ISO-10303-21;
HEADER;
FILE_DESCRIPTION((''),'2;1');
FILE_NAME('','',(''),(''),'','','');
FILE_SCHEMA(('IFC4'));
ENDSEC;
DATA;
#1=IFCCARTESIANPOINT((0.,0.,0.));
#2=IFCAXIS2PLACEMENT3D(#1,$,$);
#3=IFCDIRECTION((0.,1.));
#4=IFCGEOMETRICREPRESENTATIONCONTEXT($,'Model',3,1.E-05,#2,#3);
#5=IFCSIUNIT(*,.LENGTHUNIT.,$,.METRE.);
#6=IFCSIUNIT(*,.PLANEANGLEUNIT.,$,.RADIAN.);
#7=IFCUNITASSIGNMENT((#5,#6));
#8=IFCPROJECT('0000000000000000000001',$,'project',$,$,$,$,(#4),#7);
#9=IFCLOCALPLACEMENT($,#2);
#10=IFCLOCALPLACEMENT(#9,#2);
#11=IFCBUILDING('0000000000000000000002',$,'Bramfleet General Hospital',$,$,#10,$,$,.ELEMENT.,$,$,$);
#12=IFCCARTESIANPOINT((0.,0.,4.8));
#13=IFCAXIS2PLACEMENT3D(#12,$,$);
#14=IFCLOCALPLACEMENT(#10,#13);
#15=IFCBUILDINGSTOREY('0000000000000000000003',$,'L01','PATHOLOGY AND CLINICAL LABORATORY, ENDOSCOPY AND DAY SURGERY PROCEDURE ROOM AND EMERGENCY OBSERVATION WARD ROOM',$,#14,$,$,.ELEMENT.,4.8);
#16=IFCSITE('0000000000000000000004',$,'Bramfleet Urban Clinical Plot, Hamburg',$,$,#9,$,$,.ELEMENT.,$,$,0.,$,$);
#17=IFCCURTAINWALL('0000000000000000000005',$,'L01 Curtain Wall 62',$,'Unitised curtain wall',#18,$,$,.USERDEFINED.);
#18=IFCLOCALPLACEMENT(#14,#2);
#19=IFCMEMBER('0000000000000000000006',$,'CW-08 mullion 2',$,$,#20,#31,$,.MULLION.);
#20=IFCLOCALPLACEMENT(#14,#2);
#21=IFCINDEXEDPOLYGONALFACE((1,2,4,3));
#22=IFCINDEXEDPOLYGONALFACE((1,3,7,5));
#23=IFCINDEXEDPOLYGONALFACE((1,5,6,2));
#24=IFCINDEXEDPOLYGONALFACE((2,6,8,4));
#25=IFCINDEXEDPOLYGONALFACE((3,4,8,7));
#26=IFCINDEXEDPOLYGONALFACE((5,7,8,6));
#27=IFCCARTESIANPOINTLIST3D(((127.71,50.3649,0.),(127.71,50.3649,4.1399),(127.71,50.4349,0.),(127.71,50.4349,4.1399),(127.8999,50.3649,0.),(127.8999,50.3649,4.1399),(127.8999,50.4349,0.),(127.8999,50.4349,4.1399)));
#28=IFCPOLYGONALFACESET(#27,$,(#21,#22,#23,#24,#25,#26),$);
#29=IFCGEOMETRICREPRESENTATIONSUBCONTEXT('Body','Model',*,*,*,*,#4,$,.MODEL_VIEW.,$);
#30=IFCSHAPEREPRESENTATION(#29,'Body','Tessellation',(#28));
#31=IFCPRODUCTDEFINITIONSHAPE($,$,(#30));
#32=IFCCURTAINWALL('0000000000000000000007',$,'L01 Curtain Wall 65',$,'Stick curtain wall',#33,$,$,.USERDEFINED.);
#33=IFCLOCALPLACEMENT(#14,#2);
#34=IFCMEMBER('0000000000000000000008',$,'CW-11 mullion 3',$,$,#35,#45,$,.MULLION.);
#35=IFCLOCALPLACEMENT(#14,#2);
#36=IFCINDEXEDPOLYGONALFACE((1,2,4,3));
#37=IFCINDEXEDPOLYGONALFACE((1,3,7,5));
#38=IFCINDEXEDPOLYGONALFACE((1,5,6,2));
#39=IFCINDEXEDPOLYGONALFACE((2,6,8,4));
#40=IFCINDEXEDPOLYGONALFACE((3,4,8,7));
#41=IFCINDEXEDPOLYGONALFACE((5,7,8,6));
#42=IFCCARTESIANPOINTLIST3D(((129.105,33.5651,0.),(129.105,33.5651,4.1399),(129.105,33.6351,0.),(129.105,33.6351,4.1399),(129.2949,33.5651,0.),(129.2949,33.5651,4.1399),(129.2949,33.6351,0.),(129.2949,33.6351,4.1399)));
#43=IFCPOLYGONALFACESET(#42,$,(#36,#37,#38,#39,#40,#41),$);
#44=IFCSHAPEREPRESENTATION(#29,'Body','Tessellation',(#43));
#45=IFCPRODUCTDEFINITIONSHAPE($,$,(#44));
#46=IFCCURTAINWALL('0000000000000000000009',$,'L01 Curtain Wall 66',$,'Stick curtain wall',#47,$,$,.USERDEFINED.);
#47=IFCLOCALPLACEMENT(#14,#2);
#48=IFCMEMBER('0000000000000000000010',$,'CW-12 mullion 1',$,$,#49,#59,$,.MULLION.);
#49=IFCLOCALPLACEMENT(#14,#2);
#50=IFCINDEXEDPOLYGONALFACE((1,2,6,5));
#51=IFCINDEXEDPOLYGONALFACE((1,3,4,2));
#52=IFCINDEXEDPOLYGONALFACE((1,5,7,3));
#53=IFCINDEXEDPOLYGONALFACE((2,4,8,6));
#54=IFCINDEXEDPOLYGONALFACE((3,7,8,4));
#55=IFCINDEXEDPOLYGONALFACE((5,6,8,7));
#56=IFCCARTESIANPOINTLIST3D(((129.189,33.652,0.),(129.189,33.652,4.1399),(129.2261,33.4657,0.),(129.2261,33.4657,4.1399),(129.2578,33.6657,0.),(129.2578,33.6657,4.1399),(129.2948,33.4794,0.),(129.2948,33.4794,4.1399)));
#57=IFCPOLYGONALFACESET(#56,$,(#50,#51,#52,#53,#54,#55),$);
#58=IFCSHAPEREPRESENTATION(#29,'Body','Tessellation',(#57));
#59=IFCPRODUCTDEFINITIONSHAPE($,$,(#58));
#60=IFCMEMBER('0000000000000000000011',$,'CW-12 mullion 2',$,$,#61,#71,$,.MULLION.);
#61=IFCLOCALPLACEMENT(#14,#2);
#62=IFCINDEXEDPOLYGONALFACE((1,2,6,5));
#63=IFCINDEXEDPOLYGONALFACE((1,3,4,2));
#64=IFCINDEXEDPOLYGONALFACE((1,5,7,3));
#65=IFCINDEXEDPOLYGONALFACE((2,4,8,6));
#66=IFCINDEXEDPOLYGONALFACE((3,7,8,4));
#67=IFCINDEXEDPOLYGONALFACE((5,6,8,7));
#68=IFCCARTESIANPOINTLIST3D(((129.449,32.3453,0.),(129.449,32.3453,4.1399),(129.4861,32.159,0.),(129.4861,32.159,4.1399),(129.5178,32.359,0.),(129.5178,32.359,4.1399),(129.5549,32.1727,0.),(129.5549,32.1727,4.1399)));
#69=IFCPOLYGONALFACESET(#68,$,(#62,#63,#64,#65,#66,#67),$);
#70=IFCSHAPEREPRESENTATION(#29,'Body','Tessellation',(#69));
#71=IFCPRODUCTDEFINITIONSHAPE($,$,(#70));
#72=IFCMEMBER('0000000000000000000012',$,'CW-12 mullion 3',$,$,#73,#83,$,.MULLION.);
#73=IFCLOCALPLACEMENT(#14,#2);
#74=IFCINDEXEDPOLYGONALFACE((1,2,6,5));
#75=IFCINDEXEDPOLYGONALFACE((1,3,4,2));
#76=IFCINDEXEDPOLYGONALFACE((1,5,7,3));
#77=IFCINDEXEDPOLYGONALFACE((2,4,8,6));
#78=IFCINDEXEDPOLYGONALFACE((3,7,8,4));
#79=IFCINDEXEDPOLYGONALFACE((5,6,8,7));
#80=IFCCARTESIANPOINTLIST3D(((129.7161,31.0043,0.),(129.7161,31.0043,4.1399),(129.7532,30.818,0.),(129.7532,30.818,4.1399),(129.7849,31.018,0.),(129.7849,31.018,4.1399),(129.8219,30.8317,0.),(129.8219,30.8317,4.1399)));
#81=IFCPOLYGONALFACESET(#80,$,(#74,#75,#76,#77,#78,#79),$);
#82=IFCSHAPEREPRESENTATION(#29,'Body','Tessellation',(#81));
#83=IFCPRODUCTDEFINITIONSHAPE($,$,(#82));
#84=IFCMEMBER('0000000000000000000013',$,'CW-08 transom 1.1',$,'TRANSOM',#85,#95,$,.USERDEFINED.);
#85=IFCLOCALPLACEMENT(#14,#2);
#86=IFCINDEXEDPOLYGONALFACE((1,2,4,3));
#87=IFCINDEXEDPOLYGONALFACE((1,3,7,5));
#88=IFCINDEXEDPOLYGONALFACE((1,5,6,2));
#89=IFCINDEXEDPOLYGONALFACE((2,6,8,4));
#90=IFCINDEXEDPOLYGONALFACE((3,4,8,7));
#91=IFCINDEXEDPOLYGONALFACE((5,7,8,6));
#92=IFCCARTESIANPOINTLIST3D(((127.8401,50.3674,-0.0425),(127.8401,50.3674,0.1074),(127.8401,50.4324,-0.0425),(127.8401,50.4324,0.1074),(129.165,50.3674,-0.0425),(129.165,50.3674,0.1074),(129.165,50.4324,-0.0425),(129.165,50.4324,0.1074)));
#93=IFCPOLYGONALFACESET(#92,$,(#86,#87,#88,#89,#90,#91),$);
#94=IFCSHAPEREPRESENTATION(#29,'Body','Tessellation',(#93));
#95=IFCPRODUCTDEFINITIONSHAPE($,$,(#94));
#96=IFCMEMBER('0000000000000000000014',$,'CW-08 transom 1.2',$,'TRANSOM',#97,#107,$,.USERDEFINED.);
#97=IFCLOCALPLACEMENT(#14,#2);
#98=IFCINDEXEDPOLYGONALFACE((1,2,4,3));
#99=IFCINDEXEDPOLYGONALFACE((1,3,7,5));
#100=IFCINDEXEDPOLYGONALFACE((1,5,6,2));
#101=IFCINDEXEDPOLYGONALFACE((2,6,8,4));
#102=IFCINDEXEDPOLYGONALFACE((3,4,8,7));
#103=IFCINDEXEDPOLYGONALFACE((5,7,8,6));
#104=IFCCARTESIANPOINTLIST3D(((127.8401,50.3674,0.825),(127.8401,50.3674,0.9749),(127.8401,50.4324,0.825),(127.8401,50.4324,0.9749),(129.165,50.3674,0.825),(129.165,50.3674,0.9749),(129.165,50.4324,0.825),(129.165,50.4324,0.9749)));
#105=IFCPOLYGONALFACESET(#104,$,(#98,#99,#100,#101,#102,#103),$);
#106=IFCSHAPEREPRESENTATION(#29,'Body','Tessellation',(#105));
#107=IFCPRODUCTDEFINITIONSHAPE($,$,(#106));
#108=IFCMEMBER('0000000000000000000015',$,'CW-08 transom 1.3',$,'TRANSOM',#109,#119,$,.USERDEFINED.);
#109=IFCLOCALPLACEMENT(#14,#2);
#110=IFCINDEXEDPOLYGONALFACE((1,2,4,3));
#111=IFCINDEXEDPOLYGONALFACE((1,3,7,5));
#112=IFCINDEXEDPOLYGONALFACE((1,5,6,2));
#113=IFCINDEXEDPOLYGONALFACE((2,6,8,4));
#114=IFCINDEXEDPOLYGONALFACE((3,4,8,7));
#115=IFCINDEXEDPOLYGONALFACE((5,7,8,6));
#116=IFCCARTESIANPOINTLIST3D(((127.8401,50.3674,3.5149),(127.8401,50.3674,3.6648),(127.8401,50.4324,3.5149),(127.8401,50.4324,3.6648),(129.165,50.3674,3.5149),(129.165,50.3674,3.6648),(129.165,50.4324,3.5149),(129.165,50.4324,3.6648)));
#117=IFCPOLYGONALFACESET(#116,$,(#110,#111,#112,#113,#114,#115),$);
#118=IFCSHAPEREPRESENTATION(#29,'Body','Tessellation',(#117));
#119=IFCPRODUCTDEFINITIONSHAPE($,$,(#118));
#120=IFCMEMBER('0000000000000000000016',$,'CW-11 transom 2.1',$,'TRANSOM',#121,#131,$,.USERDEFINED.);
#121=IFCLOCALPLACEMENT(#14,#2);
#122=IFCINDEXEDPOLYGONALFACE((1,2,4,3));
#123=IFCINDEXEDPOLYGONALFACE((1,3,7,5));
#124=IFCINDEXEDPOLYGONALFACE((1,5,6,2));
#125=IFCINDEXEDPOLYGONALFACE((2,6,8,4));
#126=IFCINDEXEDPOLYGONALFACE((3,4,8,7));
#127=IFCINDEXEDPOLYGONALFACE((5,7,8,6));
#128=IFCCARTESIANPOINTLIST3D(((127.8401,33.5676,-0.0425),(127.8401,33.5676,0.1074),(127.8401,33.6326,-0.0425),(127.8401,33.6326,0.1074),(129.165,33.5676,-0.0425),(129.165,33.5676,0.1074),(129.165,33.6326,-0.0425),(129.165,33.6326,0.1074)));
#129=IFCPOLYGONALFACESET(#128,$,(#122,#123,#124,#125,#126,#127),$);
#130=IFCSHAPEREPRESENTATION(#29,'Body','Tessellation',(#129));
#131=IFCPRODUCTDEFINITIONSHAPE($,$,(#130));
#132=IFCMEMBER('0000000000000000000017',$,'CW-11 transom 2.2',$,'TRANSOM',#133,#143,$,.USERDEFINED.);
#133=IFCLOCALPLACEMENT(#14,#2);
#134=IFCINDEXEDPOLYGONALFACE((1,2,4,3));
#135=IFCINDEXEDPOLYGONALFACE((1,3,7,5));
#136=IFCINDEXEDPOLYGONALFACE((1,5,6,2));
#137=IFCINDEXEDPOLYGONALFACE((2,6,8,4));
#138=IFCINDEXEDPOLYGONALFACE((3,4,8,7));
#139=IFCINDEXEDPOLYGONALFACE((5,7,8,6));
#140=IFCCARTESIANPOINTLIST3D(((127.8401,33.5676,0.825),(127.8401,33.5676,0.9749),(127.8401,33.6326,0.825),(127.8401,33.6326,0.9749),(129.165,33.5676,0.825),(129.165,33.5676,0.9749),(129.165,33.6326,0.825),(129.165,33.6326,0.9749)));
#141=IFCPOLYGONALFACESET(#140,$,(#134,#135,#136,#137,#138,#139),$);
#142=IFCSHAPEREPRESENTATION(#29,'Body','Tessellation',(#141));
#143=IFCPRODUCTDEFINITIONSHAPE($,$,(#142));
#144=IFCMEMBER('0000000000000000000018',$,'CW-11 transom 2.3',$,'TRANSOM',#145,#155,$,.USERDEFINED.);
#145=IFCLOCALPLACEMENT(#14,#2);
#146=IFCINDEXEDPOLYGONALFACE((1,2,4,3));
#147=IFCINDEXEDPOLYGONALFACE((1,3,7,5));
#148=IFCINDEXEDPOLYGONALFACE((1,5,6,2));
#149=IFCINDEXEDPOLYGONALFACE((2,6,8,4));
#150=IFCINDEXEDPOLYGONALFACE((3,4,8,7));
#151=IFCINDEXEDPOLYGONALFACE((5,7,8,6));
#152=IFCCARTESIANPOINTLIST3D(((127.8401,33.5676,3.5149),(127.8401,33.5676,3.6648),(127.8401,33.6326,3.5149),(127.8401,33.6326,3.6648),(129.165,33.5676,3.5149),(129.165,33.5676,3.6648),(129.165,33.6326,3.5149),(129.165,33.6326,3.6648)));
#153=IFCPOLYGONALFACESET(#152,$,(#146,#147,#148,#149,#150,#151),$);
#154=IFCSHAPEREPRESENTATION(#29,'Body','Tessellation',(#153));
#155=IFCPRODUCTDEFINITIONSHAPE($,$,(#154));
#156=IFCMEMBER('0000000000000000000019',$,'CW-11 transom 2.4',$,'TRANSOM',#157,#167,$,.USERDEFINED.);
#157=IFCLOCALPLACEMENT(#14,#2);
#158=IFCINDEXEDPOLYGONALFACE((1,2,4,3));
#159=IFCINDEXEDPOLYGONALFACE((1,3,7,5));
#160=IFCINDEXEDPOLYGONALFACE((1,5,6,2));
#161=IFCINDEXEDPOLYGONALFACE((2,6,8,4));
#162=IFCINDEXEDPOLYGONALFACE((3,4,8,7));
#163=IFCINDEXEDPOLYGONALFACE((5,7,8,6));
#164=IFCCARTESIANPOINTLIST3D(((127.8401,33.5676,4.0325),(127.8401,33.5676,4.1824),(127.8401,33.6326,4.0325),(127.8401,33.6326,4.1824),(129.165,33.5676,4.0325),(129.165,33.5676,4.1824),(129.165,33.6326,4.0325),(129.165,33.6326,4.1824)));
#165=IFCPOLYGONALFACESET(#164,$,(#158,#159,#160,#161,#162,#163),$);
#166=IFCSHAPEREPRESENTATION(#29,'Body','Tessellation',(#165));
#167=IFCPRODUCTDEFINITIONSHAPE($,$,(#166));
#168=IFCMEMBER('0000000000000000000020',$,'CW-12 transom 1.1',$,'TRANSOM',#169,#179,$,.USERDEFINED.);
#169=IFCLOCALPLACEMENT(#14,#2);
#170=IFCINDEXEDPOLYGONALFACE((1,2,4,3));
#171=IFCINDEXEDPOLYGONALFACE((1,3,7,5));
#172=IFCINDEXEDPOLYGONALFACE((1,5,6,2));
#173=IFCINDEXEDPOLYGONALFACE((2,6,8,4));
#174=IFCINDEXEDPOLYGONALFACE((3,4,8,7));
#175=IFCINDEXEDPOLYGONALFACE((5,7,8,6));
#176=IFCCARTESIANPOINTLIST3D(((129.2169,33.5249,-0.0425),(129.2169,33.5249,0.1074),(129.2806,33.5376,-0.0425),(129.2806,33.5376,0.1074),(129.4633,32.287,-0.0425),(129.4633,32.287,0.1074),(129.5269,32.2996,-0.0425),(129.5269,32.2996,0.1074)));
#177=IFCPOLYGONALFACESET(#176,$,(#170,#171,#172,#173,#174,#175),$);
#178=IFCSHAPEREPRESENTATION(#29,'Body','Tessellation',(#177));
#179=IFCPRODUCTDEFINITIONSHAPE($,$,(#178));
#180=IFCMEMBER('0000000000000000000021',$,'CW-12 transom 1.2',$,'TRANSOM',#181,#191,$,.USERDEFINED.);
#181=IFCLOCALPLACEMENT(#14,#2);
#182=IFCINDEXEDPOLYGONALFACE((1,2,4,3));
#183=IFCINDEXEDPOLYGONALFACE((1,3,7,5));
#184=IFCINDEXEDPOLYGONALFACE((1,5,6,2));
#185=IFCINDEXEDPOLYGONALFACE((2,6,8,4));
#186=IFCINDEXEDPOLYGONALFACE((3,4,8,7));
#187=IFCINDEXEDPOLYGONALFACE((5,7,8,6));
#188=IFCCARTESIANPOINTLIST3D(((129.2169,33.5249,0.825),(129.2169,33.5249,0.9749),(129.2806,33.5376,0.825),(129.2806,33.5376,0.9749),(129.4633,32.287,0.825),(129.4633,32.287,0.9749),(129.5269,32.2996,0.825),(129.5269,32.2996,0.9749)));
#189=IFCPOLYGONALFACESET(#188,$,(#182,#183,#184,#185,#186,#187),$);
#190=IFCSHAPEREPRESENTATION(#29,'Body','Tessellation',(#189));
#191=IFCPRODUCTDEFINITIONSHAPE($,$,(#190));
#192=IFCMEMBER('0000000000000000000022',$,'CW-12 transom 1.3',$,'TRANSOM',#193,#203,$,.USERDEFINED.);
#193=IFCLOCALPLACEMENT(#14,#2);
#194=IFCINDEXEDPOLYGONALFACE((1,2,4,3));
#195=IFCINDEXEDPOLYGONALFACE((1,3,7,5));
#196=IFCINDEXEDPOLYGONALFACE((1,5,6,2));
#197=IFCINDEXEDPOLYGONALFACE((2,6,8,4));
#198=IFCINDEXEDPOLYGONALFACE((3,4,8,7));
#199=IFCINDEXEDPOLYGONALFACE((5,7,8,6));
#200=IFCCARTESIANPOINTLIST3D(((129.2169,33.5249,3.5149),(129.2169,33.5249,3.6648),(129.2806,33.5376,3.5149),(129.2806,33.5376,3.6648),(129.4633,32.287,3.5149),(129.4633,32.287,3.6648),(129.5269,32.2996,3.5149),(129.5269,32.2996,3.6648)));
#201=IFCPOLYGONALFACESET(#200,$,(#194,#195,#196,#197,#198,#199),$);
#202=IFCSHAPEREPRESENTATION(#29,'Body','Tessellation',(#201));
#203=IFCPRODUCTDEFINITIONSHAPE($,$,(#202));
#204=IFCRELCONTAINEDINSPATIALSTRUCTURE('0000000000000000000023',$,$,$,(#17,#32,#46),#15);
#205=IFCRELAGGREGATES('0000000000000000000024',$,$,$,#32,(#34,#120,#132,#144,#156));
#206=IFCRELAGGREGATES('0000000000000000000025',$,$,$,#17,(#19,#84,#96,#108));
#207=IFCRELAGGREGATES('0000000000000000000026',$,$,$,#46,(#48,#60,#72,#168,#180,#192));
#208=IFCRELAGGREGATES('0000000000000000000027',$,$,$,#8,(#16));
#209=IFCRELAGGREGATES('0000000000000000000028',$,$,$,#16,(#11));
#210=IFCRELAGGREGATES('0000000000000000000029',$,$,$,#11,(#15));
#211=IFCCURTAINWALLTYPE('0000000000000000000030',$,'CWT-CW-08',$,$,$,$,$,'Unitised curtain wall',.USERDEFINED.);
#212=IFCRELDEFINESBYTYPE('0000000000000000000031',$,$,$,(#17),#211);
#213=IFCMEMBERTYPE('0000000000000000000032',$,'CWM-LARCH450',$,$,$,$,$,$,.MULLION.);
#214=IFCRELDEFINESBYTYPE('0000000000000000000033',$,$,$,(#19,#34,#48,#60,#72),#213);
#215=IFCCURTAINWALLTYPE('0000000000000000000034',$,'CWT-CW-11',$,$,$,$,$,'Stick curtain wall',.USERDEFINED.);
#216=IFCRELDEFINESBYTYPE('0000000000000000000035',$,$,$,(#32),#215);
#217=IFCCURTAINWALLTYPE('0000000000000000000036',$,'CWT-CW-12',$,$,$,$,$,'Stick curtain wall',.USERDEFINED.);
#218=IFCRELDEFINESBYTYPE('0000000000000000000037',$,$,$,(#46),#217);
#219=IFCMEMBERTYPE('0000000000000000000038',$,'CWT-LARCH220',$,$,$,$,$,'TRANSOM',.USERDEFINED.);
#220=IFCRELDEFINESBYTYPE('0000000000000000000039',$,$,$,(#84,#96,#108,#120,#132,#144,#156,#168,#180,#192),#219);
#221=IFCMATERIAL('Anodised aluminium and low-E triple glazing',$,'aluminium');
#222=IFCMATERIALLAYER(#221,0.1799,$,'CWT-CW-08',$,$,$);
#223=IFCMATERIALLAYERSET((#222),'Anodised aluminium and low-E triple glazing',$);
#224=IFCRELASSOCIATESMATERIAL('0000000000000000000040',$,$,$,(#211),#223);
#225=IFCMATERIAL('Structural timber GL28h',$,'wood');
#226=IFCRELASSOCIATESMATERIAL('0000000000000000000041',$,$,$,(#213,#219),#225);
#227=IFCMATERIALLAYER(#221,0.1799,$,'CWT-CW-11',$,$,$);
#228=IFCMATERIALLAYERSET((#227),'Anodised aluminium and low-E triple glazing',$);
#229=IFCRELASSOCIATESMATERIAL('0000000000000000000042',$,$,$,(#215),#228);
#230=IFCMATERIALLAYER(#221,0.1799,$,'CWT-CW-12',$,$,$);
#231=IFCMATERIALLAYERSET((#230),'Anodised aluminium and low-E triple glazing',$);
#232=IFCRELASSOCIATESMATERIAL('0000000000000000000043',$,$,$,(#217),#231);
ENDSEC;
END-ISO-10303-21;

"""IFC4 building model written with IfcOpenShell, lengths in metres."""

from ifc_helpers import new_model, si_unit, direction, frame, origin, origin_2d, place, context, subcontext, project, spatial, rectangle, extrude, material, layer, layer_set, material_profile, profile_set, type_object, element, aggregate, save


model = new_model("IFC4")

# Units and contexts
model_context = context("Model", 3, precision=1e-05, world=origin(), true_north=direction((0.0, 1.0)))
body_context = subcontext(model_context, "Body", "Model", "MODEL_VIEW")
ifc_project = project(units=[si_unit("LENGTHUNIT", "METRE"), si_unit("PLANEANGLEUNIT", "RADIAN")], contexts=[model_context])

# Site, building, storey
site_placement = place(None, origin())
site = spatial("IfcSite", under=ifc_project, at=site_placement, Name="Bramfleet Urban Clinical Plot, Hamburg", CompositionType="ELEMENT", RefElevation=0.0)
building_placement = place(site_placement, origin())
building = spatial("IfcBuilding", under=site, at=building_placement, Name="Bramfleet General Hospital", CompositionType="ELEMENT")
storey_placement = place(building_placement, frame((0.0, 0.0, 4.8)))
storey = spatial("IfcBuildingStorey", under=building, at=storey_placement, Name="L01", Description="PATHOLOGY AND CLINICAL LABORATORY, ENDOSCOPY AND DAY SURGERY PROCEDURE ROOM AND EMERGENCY OBSERVATION WARD ROOM", CompositionType="ELEMENT", Elevation=4.8)

# Curtain walls, members
ifc_material_1 = material(Name="Anodised aluminium and low-E triple glazing", Category="aluminium")
ifc_layer_1 = layer(ifc_material_1, 0.1799, Name="CWT-CW-08")
ifc_layer_set_1 = layer_set([ifc_layer_1], Name="Anodised aluminium and low-E triple glazing")
curtain_wall_type_1 = type_object("IfcCurtainWallType", Name="CWT-CW-08", ElementType="Unitised curtain wall", PredefinedType="USERDEFINED", material=ifc_layer_set_1)
curtain_wall_1_placement = place(storey_placement, origin())
curtain_wall_1 = element("IfcCurtainWall", 1, at=curtain_wall_1_placement, inside=storey, type_object=curtain_wall_type_1, Name="L01 Curtain Wall 62", ObjectType="Unitised curtain wall", PredefinedType="USERDEFINED")
ifc_material_2 = material(Name="Structural timber GL28h", Category="wood")
ifc_material_profile_1 = material_profile(ifc_material_2, rectangle(XDim=0.0701, YDim=0.1899, at=origin_2d()), Name="LARCH 190x70")
ifc_profile_set_1 = profile_set([ifc_material_profile_1], Name="Structural timber GL28h")
member_type_1 = type_object("IfcMemberType", Name="CWM-LARCH450", PredefinedType="MULLION", material=ifc_profile_set_1)
member_1_placement = place(storey_placement, frame((127.8049, 50.3999, 0.0), z_axis=(0.0, 0.0, 1.0), x_axis=(0.0, -1.0, 0.0)))
member_1 = element("IfcMember", 2, at=member_1_placement, type_object=member_type_1, Name="CW-08 mullion 2", PredefinedType="MULLION", context=body_context, shape_type="SweptSolid", body=[
    extrude(rectangle(XDim=0.0701, YDim=0.1899, at=origin_2d()), origin(), (0.0, 0.0, 1.0), 4.1399),
])
ifc_layer_2 = layer(ifc_material_1, 0.1799, Name="CWT-CW-11")
ifc_layer_set_2 = layer_set([ifc_layer_2], Name="Anodised aluminium and low-E triple glazing")
curtain_wall_type_2 = type_object("IfcCurtainWallType", Name="CWT-CW-11", ElementType="Stick curtain wall", PredefinedType="USERDEFINED", material=ifc_layer_set_2)
curtain_wall_2_placement = place(storey_placement, origin())
curtain_wall_2 = element("IfcCurtainWall", 3, at=curtain_wall_2_placement, inside=storey, type_object=curtain_wall_type_2, Name="L01 Curtain Wall 65", ObjectType="Stick curtain wall", PredefinedType="USERDEFINED")
member_2_placement = place(storey_placement, frame((129.2, 33.6001, 0.0), z_axis=(0.0, 0.0, 1.0), x_axis=(0.0, 1.0, 0.0)))
member_2 = element("IfcMember", 4, at=member_2_placement, type_object=member_type_1, Name="CW-11 mullion 3", PredefinedType="MULLION", context=body_context, shape_type="SweptSolid", body=[
    extrude(rectangle(XDim=0.0701, YDim=0.1899, at=origin_2d()), origin(), (0.0, 0.0, 1.0), 4.1399),
])

# Curtain wall, members
ifc_layer_3 = layer(ifc_material_1, 0.1799, Name="CWT-CW-12")
ifc_layer_set_3 = layer_set([ifc_layer_3], Name="Anodised aluminium and low-E triple glazing")
curtain_wall_type_3 = type_object("IfcCurtainWallType", Name="CWT-CW-12", ElementType="Stick curtain wall", PredefinedType="USERDEFINED", material=ifc_layer_set_3)
curtain_wall_3_placement = place(storey_placement, origin())
curtain_wall_3 = element("IfcCurtainWall", 5, at=curtain_wall_3_placement, inside=storey, type_object=curtain_wall_type_3, Name="L01 Curtain Wall 66", ObjectType="Stick curtain wall", PredefinedType="USERDEFINED")
member_3_placement = place(storey_placement, frame((129.2419, 33.5657, 0.0), z_axis=(0.0, 0.0, 1.0), x_axis=(0.980749, 0.195272, 0.0)))
member_3 = element("IfcMember", 6, at=member_3_placement, type_object=member_type_1, Name="CW-12 mullion 1", PredefinedType="MULLION", context=body_context, shape_type="SweptSolid", body=[
    extrude(rectangle(XDim=0.0701, YDim=0.1899, at=origin_2d()), origin(), (0.0, 0.0, 1.0), 4.1399),
])
member_4_placement = place(storey_placement, frame((129.502, 32.259, 0.0), z_axis=(0.0, 0.0, 1.0), x_axis=(0.980749, 0.195272, 0.0)))
member_4 = element("IfcMember", 7, at=member_4_placement, type_object=member_type_1, Name="CW-12 mullion 2", PredefinedType="MULLION", context=body_context, shape_type="SweptSolid", body=[
    extrude(rectangle(XDim=0.0701, YDim=0.1899, at=origin_2d()), origin(), (0.0, 0.0, 1.0), 4.1399),
])
member_5_placement = place(storey_placement, frame((129.769, 30.918, 0.0), z_axis=(0.0, 0.0, 1.0), x_axis=(0.980749, 0.195272, 0.0)))
member_5 = element("IfcMember", 8, at=member_5_placement, type_object=member_type_1, Name="CW-12 mullion 3", PredefinedType="MULLION", context=body_context, shape_type="SweptSolid", body=[
    extrude(rectangle(XDim=0.0701, YDim=0.1899, at=origin_2d()), origin(), (0.0, 0.0, 1.0), 4.1399),
])

# Members
ifc_material_profile_2 = material_profile(ifc_material_2, rectangle(XDim=0.0649, YDim=0.1499, at=origin_2d()), Name="LARCH 150x65")
ifc_profile_set_2 = profile_set([ifc_material_profile_2], Name="Structural timber GL28h")
member_type_2 = type_object("IfcMemberType", Name="CWT-LARCH220", ElementType="TRANSOM", PredefinedType="USERDEFINED", material=ifc_profile_set_2)
member_6_placement = place(storey_placement, frame((129.165, 50.3999, 0.0325), z_axis=(-1.0, 0.0, 0.0), x_axis=(0.0, -1.0, 0.0)))
member_6 = element("IfcMember", 9, at=member_6_placement, type_object=member_type_2, Name="CW-08 transom 1.1", ObjectType="TRANSOM", PredefinedType="USERDEFINED", context=body_context, shape_type="SweptSolid", body=[
    extrude(rectangle(XDim=0.0649, YDim=0.1499, at=origin_2d()), origin(), (0.0, 0.0, 1.0), 1.325),
])
member_7_placement = place(storey_placement, frame((129.165, 50.3999, 0.8999), z_axis=(-1.0, 0.0, 0.0), x_axis=(0.0, -1.0, 0.0)))
member_7 = element("IfcMember", 10, at=member_7_placement, type_object=member_type_2, Name="CW-08 transom 1.2", ObjectType="TRANSOM", PredefinedType="USERDEFINED", context=body_context, shape_type="SweptSolid", body=[
    extrude(rectangle(XDim=0.0649, YDim=0.1499, at=origin_2d()), origin(), (0.0, 0.0, 1.0), 1.325),
])
member_8_placement = place(storey_placement, frame((129.165, 50.3999, 3.5898), z_axis=(-1.0, 0.0, 0.0), x_axis=(0.0, -1.0, 0.0)))
member_8 = element("IfcMember", 11, at=member_8_placement, type_object=member_type_2, Name="CW-08 transom 1.3", ObjectType="TRANSOM", PredefinedType="USERDEFINED", context=body_context, shape_type="SweptSolid", body=[
    extrude(rectangle(XDim=0.0649, YDim=0.1499, at=origin_2d()), origin(), (0.0, 0.0, 1.0), 1.325),
])
member_9_placement = place(storey_placement, frame((127.8401, 33.6001, 0.0325), z_axis=(1.0, 0.0, 0.0), x_axis=(0.0, 1.0, 0.0)))
member_9 = element("IfcMember", 12, at=member_9_placement, type_object=member_type_2, Name="CW-11 transom 2.1", ObjectType="TRANSOM", PredefinedType="USERDEFINED", context=body_context, shape_type="SweptSolid", body=[
    extrude(rectangle(XDim=0.0649, YDim=0.1499, at=origin_2d()), origin(), (0.0, 0.0, 1.0), 1.325),
])
member_10_placement = place(storey_placement, frame((127.8401, 33.6001, 0.8999), z_axis=(1.0, 0.0, 0.0), x_axis=(0.0, 1.0, 0.0)))
member_10 = element("IfcMember", 13, at=member_10_placement, type_object=member_type_2, Name="CW-11 transom 2.2", ObjectType="TRANSOM", PredefinedType="USERDEFINED", context=body_context, shape_type="SweptSolid", body=[
    extrude(rectangle(XDim=0.0649, YDim=0.1499, at=origin_2d()), origin(), (0.0, 0.0, 1.0), 1.325),
])
member_11_placement = place(storey_placement, frame((127.8401, 33.6001, 3.5898), z_axis=(1.0, 0.0, 0.0), x_axis=(0.0, 1.0, 0.0)))
member_11 = element("IfcMember", 14, at=member_11_placement, type_object=member_type_2, Name="CW-11 transom 2.3", ObjectType="TRANSOM", PredefinedType="USERDEFINED", context=body_context, shape_type="SweptSolid", body=[
    extrude(rectangle(XDim=0.0649, YDim=0.1499, at=origin_2d()), origin(), (0.0, 0.0, 1.0), 1.325),
])
member_12_placement = place(storey_placement, frame((127.8401, 33.6001, 4.1074), z_axis=(1.0, 0.0, 0.0), x_axis=(0.0, 1.0, 0.0)))
member_12 = element("IfcMember", 15, at=member_12_placement, type_object=member_type_2, Name="CW-11 transom 2.4", ObjectType="TRANSOM", PredefinedType="USERDEFINED", context=body_context, shape_type="SweptSolid", body=[
    extrude(rectangle(XDim=0.0649, YDim=0.1499, at=origin_2d()), origin(), (0.0, 0.0, 1.0), 1.325),
])
member_13_placement = place(storey_placement, frame((129.2488, 33.5312, 0.0325), z_axis=(0.195149, -0.980774, 0.0), x_axis=(0.980774, 0.195149, 0.0)))
member_13 = element("IfcMember", 16, at=member_13_placement, type_object=member_type_2, Name="CW-12 transom 1.1", ObjectType="TRANSOM", PredefinedType="USERDEFINED", context=body_context, shape_type="SweptSolid", body=[
    extrude(rectangle(XDim=0.0649, YDim=0.1499, at=origin_2d()), origin(), (0.0, 0.0, 1.0), 1.2622),
])
member_14_placement = place(storey_placement, frame((129.2488, 33.5312, 0.8999), z_axis=(0.195149, -0.980774, 0.0), x_axis=(0.980774, 0.195149, 0.0)))
member_14 = element("IfcMember", 17, at=member_14_placement, type_object=member_type_2, Name="CW-12 transom 1.2", ObjectType="TRANSOM", PredefinedType="USERDEFINED", context=body_context, shape_type="SweptSolid", body=[
    extrude(rectangle(XDim=0.0649, YDim=0.1499, at=origin_2d()), origin(), (0.0, 0.0, 1.0), 1.2622),
])
member_15_placement = place(storey_placement, frame((129.2488, 33.5312, 3.5898), z_axis=(0.195149, -0.980774, 0.0), x_axis=(0.980774, 0.195149, 0.0)))
member_15 = element("IfcMember", 18, at=member_15_placement, type_object=member_type_2, Name="CW-12 transom 1.3", ObjectType="TRANSOM", PredefinedType="USERDEFINED", context=body_context, shape_type="SweptSolid", body=[
    extrude(rectangle(XDim=0.0649, YDim=0.1499, at=origin_2d()), origin(), (0.0, 0.0, 1.0), 1.2622),
])

aggregate(curtain_wall_2, [member_2, member_9, member_10, member_11, member_12])
aggregate(curtain_wall_1, [member_1, member_6, member_7, member_8])
aggregate(curtain_wall_3, [member_3, member_4, member_5, member_13, member_14, member_15])

save(model, "model.ifc")
